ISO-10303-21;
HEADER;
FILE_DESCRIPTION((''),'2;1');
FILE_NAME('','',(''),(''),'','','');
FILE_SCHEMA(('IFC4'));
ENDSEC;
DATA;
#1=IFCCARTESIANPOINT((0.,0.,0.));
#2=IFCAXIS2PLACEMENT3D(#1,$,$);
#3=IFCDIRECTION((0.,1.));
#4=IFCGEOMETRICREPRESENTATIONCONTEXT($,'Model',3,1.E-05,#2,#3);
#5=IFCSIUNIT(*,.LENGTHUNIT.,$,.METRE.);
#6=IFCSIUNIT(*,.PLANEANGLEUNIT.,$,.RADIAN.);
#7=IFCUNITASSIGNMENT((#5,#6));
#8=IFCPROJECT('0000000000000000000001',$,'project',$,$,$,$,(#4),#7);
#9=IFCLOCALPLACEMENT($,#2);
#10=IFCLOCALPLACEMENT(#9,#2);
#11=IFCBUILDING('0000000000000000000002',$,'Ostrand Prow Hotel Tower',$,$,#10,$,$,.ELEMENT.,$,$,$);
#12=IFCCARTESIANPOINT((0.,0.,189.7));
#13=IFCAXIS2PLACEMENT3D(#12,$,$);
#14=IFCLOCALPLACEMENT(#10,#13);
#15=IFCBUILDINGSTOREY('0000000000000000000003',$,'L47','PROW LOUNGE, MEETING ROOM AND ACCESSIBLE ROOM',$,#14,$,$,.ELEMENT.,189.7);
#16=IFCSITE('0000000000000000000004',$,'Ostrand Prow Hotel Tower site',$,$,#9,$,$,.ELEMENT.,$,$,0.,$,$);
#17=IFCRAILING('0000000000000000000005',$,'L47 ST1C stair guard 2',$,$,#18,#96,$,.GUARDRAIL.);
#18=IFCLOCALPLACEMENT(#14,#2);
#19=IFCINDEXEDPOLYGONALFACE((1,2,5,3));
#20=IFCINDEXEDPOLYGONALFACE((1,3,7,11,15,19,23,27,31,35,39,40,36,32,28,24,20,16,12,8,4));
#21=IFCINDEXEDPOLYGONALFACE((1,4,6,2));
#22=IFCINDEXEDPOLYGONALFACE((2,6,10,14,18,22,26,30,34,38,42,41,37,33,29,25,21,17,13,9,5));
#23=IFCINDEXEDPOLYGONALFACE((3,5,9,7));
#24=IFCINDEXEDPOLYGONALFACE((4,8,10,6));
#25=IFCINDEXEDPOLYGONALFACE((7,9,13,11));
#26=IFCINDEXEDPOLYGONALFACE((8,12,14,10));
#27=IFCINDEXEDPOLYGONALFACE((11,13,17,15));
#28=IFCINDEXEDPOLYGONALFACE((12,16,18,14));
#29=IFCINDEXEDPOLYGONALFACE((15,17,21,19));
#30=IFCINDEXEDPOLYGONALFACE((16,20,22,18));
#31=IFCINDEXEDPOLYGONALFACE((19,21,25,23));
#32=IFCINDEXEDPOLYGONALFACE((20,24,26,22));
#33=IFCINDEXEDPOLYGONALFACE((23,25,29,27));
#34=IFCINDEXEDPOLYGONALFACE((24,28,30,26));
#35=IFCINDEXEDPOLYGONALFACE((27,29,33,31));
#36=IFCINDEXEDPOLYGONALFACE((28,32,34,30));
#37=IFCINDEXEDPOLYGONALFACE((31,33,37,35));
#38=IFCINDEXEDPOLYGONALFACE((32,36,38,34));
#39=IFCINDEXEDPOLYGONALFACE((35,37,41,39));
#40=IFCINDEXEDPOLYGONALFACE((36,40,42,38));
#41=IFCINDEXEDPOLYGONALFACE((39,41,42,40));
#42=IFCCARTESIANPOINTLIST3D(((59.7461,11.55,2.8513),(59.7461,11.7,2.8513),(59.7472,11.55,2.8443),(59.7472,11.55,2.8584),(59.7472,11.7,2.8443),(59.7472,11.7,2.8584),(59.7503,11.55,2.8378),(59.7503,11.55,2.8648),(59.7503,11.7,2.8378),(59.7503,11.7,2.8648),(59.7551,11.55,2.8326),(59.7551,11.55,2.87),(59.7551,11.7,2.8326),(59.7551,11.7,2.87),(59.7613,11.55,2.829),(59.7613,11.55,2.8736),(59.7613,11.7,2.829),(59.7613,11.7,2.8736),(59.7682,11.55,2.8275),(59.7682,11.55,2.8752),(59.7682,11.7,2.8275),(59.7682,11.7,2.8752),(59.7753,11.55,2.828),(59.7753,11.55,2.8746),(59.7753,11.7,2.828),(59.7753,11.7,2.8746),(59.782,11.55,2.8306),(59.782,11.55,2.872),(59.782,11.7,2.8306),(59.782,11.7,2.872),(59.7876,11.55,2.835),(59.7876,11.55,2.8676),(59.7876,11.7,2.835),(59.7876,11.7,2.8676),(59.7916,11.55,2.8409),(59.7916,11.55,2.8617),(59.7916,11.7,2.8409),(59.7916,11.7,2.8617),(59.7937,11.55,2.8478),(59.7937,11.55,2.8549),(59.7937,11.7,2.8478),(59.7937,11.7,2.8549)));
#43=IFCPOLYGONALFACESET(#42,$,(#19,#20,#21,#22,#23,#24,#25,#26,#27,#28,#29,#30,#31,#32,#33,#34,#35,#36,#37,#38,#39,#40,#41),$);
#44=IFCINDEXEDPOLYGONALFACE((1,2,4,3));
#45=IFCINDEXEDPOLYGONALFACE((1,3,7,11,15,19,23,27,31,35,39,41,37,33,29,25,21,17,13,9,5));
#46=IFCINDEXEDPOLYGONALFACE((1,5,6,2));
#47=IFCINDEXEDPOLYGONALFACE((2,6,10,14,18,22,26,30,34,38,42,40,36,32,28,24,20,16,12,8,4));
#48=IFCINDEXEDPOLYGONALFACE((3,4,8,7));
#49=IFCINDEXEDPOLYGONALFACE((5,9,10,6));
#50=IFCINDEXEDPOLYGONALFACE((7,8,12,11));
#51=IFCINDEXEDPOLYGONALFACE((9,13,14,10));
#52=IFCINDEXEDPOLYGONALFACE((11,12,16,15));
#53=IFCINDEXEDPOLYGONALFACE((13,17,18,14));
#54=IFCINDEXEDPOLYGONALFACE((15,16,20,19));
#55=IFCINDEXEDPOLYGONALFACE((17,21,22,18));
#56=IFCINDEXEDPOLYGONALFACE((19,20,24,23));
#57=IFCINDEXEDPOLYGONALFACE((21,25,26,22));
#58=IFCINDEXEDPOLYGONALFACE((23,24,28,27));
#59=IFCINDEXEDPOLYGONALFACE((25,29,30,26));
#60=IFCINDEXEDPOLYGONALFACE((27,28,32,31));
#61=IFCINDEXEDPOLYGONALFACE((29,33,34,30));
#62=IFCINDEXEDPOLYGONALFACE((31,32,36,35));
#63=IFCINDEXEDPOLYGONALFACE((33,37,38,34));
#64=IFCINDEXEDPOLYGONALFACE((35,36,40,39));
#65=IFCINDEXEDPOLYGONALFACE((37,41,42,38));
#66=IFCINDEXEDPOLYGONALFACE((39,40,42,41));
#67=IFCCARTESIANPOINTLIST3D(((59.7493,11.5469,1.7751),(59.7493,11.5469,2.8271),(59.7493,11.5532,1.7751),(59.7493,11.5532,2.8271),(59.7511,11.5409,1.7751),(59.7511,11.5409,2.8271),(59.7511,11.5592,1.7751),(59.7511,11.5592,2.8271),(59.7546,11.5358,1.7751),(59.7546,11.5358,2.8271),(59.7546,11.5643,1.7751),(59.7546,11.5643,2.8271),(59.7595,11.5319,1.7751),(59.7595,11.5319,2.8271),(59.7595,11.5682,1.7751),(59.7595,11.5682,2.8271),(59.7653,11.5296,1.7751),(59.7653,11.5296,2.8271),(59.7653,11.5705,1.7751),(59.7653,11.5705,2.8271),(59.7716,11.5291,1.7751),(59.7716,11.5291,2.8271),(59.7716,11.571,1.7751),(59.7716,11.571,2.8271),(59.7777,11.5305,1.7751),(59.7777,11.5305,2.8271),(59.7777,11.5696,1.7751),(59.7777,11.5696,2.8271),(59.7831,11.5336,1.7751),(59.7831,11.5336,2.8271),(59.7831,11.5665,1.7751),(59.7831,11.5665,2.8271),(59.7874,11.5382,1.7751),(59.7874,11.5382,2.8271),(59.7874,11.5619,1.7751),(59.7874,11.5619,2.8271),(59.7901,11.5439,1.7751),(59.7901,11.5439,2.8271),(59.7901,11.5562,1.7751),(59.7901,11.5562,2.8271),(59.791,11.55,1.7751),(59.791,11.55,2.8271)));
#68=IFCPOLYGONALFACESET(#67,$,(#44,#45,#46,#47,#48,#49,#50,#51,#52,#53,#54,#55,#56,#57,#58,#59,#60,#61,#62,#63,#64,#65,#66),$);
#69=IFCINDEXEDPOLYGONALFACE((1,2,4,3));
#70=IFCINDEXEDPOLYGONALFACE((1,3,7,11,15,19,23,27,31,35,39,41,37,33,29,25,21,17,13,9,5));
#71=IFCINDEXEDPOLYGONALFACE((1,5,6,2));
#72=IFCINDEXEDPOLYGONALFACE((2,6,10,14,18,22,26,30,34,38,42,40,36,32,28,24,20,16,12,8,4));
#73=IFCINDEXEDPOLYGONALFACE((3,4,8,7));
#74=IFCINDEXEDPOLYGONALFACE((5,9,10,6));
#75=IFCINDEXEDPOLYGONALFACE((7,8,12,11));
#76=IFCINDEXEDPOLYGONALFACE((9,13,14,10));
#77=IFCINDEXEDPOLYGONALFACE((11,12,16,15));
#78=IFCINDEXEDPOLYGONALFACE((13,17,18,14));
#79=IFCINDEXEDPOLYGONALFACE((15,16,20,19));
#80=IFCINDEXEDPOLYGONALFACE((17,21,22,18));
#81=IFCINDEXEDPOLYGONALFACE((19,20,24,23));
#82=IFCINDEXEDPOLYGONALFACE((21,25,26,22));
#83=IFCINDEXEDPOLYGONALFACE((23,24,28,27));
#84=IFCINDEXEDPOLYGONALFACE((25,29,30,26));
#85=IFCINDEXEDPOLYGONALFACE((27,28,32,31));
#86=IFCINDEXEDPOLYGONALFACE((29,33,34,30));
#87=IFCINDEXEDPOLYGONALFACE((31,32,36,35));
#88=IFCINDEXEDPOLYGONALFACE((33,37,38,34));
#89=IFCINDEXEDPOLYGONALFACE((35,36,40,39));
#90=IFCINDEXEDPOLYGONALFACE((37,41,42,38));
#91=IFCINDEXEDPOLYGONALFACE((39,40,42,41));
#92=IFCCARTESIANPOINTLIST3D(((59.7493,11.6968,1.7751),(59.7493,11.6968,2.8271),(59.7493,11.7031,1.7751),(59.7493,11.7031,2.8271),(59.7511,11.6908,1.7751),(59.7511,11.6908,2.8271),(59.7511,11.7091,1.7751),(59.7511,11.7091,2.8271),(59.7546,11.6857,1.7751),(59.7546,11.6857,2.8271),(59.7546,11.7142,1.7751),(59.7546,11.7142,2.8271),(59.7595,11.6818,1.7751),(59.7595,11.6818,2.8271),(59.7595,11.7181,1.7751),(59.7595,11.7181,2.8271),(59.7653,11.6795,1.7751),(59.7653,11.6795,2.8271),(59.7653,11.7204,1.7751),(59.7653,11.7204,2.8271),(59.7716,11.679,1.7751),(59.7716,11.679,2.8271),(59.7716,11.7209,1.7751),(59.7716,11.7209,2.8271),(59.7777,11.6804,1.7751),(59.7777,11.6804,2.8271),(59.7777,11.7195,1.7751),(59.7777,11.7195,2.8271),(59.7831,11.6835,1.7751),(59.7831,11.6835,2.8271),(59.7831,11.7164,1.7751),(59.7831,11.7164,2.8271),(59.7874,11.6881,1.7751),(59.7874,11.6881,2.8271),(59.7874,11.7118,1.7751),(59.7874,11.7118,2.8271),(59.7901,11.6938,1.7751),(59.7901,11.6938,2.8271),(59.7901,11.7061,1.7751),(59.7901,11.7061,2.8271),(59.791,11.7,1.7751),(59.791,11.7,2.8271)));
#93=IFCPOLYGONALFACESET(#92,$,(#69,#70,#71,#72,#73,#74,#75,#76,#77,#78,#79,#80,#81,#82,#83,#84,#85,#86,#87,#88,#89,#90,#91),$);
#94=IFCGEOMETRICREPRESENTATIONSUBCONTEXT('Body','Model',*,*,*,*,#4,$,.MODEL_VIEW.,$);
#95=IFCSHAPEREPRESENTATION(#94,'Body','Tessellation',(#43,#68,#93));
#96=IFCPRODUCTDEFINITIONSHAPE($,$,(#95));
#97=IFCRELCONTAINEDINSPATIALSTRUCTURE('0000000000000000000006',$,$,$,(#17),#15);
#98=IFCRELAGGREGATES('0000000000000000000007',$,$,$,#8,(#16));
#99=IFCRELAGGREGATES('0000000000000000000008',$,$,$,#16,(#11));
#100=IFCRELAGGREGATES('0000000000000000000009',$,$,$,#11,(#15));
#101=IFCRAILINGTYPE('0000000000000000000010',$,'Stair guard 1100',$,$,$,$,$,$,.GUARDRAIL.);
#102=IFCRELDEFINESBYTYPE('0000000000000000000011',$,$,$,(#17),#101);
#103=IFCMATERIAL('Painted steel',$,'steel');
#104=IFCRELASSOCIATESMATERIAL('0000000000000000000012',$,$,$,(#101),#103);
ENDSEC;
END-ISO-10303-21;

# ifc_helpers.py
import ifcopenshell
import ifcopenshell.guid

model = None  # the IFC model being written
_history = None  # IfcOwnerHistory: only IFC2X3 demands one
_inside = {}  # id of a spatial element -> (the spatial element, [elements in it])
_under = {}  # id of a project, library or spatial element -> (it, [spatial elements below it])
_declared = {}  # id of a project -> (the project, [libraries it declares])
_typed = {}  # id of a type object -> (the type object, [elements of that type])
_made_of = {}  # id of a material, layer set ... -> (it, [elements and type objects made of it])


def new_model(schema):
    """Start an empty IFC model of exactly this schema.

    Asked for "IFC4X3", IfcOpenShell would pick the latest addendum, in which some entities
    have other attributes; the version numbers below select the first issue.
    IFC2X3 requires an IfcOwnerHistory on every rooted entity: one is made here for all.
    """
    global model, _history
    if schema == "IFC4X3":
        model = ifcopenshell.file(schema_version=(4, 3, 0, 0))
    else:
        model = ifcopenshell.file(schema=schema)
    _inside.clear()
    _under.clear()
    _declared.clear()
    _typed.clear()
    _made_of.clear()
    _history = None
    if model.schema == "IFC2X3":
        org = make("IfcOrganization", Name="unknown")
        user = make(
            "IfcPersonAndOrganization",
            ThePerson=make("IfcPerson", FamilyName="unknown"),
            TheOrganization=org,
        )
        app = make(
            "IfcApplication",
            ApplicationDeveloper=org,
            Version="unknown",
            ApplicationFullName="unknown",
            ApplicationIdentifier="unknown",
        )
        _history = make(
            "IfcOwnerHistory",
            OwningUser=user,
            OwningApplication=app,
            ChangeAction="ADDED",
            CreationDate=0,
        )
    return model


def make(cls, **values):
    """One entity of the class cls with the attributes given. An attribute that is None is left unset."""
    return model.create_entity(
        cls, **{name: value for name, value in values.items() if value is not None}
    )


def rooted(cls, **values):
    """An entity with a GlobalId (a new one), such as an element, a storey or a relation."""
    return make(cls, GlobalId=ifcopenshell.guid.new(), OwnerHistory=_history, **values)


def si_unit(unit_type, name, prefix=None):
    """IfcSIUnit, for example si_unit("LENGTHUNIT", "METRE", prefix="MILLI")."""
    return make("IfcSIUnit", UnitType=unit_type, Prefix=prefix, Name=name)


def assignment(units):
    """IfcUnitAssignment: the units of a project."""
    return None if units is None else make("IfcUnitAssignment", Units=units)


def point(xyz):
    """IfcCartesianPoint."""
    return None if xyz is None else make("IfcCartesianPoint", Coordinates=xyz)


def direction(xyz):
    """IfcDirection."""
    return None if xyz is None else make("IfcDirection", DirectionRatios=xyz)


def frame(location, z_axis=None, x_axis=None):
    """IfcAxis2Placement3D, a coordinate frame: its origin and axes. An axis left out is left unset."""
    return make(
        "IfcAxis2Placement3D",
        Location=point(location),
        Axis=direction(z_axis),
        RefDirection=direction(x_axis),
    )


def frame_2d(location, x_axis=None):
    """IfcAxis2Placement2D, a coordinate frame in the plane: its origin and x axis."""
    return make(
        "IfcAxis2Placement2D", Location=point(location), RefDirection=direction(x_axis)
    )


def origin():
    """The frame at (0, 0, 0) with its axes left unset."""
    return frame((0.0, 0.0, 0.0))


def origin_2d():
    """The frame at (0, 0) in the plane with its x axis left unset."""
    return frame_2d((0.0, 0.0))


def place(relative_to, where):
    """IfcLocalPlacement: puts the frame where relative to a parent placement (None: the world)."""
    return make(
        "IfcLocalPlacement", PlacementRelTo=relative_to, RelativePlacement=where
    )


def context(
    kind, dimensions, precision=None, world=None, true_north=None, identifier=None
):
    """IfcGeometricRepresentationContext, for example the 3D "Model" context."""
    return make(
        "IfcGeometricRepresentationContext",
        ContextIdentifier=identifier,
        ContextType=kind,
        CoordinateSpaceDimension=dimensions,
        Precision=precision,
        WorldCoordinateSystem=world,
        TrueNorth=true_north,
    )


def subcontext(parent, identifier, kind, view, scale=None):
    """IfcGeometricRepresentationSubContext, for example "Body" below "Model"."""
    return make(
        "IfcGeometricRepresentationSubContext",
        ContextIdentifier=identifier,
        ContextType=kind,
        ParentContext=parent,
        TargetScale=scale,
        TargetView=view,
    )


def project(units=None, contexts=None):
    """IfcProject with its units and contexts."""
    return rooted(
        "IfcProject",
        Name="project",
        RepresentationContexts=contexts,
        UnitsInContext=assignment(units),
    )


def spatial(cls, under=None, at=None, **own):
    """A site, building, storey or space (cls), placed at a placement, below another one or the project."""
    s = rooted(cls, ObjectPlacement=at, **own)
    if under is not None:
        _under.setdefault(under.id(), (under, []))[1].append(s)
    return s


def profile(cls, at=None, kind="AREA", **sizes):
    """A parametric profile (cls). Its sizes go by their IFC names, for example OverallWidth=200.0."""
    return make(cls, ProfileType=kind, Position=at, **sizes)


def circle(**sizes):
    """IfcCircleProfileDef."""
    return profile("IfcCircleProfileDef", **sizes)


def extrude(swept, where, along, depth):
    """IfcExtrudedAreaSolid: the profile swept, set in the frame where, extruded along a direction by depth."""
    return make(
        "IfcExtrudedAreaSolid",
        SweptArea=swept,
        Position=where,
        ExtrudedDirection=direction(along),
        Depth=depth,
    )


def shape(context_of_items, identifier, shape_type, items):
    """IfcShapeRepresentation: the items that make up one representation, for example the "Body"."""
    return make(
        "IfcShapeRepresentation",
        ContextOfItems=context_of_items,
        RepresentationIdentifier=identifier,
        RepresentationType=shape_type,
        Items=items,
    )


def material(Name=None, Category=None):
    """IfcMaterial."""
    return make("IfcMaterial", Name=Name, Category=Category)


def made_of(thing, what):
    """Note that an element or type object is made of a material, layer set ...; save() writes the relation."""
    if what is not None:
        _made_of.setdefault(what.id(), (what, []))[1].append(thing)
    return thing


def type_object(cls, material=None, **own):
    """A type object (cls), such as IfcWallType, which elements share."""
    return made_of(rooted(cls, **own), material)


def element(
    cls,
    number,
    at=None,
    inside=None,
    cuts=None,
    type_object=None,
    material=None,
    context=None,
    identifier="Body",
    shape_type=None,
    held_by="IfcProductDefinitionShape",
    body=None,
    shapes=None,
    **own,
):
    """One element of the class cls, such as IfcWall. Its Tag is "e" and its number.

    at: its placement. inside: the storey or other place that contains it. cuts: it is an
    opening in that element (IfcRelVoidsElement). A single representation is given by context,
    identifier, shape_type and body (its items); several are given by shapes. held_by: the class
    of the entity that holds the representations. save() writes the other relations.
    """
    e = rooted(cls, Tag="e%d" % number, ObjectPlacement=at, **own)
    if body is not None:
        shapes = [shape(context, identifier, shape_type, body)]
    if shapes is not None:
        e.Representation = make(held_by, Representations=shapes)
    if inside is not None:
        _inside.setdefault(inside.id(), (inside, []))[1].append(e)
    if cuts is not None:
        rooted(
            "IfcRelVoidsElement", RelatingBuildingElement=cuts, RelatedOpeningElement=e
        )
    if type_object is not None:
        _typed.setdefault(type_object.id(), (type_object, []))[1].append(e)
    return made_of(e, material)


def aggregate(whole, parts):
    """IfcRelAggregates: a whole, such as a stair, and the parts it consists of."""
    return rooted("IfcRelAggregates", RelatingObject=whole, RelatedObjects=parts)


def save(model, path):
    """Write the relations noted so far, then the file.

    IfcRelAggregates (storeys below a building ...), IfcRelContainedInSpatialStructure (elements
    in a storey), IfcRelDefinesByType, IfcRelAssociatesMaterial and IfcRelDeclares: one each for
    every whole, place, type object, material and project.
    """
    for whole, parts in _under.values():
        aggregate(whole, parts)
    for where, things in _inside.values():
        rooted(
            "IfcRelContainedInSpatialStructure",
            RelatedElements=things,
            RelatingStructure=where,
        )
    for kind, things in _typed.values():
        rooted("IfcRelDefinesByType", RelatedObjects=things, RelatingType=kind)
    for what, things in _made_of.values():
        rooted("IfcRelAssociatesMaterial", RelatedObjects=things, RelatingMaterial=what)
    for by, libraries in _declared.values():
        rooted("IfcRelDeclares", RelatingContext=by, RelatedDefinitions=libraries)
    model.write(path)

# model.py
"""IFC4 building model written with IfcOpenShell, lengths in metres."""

from ifc_helpers import new_model, si_unit, direction, frame, origin, origin_2d, place, context, subcontext, project, spatial, circle, extrude, material, type_object, element, save


model = new_model("IFC4")

# Units and contexts
model_context = context("Model", 3, precision=1e-05, world=origin(), true_north=direction((0.0, 1.0)))
body_context = subcontext(model_context, "Body", "Model", "MODEL_VIEW")
ifc_project = project(units=[si_unit("LENGTHUNIT", "METRE"), si_unit("PLANEANGLEUNIT", "RADIAN")], contexts=[model_context])

# Site, building, storey
site_placement = place(None, origin())
site = spatial("IfcSite", under=ifc_project, at=site_placement, Name="Ostrand Prow Hotel Tower site", CompositionType="ELEMENT", RefElevation=0.0)
building_placement = place(site_placement, origin())
building = spatial("IfcBuilding", under=site, at=building_placement, Name="Ostrand Prow Hotel Tower", CompositionType="ELEMENT")
storey_placement = place(building_placement, frame((0.0, 0.0, 189.7)))
storey = spatial("IfcBuildingStorey", under=building, at=storey_placement, Name="L47", Description="PROW LOUNGE, MEETING ROOM AND ACCESSIBLE ROOM", CompositionType="ELEMENT", Elevation=189.7)

# Railing
ifc_material_1 = material(Name="Painted steel", Category="steel")
railing_type_1 = type_object("IfcRailingType", Name="Stair guard 1100", PredefinedType="GUARDRAIL", material=ifc_material_1)
railing_1_placement = place(storey_placement, frame((59.77, 11.55, 1.7751)))
element("IfcRailing", 1, at=railing_1_placement, inside=storey, type_object=railing_type_1, Name="L47 ST1C stair guard 2", PredefinedType="GUARDRAIL", context=body_context, shape_type="SweptSolid", body=[
    extrude(circle(Radius=0.0239, at=origin_2d()), frame((0.0, 0.0, 1.0762), z_axis=(0.0, 1.0, 0.0), x_axis=(-1.0, 0.0, 0.0)), (0.0, 0.0, 1.0), 0.1499),
    extrude(circle(Radius=0.021, at=origin_2d()), origin(), (0.0, 0.0, 1.0), 1.052),
    extrude(circle(Radius=0.021, at=origin_2d()), frame((0.0, 0.1499, 0.0)), (0.0, 0.0, 1.0), 1.052),
])

save(model, "model.ifc")
